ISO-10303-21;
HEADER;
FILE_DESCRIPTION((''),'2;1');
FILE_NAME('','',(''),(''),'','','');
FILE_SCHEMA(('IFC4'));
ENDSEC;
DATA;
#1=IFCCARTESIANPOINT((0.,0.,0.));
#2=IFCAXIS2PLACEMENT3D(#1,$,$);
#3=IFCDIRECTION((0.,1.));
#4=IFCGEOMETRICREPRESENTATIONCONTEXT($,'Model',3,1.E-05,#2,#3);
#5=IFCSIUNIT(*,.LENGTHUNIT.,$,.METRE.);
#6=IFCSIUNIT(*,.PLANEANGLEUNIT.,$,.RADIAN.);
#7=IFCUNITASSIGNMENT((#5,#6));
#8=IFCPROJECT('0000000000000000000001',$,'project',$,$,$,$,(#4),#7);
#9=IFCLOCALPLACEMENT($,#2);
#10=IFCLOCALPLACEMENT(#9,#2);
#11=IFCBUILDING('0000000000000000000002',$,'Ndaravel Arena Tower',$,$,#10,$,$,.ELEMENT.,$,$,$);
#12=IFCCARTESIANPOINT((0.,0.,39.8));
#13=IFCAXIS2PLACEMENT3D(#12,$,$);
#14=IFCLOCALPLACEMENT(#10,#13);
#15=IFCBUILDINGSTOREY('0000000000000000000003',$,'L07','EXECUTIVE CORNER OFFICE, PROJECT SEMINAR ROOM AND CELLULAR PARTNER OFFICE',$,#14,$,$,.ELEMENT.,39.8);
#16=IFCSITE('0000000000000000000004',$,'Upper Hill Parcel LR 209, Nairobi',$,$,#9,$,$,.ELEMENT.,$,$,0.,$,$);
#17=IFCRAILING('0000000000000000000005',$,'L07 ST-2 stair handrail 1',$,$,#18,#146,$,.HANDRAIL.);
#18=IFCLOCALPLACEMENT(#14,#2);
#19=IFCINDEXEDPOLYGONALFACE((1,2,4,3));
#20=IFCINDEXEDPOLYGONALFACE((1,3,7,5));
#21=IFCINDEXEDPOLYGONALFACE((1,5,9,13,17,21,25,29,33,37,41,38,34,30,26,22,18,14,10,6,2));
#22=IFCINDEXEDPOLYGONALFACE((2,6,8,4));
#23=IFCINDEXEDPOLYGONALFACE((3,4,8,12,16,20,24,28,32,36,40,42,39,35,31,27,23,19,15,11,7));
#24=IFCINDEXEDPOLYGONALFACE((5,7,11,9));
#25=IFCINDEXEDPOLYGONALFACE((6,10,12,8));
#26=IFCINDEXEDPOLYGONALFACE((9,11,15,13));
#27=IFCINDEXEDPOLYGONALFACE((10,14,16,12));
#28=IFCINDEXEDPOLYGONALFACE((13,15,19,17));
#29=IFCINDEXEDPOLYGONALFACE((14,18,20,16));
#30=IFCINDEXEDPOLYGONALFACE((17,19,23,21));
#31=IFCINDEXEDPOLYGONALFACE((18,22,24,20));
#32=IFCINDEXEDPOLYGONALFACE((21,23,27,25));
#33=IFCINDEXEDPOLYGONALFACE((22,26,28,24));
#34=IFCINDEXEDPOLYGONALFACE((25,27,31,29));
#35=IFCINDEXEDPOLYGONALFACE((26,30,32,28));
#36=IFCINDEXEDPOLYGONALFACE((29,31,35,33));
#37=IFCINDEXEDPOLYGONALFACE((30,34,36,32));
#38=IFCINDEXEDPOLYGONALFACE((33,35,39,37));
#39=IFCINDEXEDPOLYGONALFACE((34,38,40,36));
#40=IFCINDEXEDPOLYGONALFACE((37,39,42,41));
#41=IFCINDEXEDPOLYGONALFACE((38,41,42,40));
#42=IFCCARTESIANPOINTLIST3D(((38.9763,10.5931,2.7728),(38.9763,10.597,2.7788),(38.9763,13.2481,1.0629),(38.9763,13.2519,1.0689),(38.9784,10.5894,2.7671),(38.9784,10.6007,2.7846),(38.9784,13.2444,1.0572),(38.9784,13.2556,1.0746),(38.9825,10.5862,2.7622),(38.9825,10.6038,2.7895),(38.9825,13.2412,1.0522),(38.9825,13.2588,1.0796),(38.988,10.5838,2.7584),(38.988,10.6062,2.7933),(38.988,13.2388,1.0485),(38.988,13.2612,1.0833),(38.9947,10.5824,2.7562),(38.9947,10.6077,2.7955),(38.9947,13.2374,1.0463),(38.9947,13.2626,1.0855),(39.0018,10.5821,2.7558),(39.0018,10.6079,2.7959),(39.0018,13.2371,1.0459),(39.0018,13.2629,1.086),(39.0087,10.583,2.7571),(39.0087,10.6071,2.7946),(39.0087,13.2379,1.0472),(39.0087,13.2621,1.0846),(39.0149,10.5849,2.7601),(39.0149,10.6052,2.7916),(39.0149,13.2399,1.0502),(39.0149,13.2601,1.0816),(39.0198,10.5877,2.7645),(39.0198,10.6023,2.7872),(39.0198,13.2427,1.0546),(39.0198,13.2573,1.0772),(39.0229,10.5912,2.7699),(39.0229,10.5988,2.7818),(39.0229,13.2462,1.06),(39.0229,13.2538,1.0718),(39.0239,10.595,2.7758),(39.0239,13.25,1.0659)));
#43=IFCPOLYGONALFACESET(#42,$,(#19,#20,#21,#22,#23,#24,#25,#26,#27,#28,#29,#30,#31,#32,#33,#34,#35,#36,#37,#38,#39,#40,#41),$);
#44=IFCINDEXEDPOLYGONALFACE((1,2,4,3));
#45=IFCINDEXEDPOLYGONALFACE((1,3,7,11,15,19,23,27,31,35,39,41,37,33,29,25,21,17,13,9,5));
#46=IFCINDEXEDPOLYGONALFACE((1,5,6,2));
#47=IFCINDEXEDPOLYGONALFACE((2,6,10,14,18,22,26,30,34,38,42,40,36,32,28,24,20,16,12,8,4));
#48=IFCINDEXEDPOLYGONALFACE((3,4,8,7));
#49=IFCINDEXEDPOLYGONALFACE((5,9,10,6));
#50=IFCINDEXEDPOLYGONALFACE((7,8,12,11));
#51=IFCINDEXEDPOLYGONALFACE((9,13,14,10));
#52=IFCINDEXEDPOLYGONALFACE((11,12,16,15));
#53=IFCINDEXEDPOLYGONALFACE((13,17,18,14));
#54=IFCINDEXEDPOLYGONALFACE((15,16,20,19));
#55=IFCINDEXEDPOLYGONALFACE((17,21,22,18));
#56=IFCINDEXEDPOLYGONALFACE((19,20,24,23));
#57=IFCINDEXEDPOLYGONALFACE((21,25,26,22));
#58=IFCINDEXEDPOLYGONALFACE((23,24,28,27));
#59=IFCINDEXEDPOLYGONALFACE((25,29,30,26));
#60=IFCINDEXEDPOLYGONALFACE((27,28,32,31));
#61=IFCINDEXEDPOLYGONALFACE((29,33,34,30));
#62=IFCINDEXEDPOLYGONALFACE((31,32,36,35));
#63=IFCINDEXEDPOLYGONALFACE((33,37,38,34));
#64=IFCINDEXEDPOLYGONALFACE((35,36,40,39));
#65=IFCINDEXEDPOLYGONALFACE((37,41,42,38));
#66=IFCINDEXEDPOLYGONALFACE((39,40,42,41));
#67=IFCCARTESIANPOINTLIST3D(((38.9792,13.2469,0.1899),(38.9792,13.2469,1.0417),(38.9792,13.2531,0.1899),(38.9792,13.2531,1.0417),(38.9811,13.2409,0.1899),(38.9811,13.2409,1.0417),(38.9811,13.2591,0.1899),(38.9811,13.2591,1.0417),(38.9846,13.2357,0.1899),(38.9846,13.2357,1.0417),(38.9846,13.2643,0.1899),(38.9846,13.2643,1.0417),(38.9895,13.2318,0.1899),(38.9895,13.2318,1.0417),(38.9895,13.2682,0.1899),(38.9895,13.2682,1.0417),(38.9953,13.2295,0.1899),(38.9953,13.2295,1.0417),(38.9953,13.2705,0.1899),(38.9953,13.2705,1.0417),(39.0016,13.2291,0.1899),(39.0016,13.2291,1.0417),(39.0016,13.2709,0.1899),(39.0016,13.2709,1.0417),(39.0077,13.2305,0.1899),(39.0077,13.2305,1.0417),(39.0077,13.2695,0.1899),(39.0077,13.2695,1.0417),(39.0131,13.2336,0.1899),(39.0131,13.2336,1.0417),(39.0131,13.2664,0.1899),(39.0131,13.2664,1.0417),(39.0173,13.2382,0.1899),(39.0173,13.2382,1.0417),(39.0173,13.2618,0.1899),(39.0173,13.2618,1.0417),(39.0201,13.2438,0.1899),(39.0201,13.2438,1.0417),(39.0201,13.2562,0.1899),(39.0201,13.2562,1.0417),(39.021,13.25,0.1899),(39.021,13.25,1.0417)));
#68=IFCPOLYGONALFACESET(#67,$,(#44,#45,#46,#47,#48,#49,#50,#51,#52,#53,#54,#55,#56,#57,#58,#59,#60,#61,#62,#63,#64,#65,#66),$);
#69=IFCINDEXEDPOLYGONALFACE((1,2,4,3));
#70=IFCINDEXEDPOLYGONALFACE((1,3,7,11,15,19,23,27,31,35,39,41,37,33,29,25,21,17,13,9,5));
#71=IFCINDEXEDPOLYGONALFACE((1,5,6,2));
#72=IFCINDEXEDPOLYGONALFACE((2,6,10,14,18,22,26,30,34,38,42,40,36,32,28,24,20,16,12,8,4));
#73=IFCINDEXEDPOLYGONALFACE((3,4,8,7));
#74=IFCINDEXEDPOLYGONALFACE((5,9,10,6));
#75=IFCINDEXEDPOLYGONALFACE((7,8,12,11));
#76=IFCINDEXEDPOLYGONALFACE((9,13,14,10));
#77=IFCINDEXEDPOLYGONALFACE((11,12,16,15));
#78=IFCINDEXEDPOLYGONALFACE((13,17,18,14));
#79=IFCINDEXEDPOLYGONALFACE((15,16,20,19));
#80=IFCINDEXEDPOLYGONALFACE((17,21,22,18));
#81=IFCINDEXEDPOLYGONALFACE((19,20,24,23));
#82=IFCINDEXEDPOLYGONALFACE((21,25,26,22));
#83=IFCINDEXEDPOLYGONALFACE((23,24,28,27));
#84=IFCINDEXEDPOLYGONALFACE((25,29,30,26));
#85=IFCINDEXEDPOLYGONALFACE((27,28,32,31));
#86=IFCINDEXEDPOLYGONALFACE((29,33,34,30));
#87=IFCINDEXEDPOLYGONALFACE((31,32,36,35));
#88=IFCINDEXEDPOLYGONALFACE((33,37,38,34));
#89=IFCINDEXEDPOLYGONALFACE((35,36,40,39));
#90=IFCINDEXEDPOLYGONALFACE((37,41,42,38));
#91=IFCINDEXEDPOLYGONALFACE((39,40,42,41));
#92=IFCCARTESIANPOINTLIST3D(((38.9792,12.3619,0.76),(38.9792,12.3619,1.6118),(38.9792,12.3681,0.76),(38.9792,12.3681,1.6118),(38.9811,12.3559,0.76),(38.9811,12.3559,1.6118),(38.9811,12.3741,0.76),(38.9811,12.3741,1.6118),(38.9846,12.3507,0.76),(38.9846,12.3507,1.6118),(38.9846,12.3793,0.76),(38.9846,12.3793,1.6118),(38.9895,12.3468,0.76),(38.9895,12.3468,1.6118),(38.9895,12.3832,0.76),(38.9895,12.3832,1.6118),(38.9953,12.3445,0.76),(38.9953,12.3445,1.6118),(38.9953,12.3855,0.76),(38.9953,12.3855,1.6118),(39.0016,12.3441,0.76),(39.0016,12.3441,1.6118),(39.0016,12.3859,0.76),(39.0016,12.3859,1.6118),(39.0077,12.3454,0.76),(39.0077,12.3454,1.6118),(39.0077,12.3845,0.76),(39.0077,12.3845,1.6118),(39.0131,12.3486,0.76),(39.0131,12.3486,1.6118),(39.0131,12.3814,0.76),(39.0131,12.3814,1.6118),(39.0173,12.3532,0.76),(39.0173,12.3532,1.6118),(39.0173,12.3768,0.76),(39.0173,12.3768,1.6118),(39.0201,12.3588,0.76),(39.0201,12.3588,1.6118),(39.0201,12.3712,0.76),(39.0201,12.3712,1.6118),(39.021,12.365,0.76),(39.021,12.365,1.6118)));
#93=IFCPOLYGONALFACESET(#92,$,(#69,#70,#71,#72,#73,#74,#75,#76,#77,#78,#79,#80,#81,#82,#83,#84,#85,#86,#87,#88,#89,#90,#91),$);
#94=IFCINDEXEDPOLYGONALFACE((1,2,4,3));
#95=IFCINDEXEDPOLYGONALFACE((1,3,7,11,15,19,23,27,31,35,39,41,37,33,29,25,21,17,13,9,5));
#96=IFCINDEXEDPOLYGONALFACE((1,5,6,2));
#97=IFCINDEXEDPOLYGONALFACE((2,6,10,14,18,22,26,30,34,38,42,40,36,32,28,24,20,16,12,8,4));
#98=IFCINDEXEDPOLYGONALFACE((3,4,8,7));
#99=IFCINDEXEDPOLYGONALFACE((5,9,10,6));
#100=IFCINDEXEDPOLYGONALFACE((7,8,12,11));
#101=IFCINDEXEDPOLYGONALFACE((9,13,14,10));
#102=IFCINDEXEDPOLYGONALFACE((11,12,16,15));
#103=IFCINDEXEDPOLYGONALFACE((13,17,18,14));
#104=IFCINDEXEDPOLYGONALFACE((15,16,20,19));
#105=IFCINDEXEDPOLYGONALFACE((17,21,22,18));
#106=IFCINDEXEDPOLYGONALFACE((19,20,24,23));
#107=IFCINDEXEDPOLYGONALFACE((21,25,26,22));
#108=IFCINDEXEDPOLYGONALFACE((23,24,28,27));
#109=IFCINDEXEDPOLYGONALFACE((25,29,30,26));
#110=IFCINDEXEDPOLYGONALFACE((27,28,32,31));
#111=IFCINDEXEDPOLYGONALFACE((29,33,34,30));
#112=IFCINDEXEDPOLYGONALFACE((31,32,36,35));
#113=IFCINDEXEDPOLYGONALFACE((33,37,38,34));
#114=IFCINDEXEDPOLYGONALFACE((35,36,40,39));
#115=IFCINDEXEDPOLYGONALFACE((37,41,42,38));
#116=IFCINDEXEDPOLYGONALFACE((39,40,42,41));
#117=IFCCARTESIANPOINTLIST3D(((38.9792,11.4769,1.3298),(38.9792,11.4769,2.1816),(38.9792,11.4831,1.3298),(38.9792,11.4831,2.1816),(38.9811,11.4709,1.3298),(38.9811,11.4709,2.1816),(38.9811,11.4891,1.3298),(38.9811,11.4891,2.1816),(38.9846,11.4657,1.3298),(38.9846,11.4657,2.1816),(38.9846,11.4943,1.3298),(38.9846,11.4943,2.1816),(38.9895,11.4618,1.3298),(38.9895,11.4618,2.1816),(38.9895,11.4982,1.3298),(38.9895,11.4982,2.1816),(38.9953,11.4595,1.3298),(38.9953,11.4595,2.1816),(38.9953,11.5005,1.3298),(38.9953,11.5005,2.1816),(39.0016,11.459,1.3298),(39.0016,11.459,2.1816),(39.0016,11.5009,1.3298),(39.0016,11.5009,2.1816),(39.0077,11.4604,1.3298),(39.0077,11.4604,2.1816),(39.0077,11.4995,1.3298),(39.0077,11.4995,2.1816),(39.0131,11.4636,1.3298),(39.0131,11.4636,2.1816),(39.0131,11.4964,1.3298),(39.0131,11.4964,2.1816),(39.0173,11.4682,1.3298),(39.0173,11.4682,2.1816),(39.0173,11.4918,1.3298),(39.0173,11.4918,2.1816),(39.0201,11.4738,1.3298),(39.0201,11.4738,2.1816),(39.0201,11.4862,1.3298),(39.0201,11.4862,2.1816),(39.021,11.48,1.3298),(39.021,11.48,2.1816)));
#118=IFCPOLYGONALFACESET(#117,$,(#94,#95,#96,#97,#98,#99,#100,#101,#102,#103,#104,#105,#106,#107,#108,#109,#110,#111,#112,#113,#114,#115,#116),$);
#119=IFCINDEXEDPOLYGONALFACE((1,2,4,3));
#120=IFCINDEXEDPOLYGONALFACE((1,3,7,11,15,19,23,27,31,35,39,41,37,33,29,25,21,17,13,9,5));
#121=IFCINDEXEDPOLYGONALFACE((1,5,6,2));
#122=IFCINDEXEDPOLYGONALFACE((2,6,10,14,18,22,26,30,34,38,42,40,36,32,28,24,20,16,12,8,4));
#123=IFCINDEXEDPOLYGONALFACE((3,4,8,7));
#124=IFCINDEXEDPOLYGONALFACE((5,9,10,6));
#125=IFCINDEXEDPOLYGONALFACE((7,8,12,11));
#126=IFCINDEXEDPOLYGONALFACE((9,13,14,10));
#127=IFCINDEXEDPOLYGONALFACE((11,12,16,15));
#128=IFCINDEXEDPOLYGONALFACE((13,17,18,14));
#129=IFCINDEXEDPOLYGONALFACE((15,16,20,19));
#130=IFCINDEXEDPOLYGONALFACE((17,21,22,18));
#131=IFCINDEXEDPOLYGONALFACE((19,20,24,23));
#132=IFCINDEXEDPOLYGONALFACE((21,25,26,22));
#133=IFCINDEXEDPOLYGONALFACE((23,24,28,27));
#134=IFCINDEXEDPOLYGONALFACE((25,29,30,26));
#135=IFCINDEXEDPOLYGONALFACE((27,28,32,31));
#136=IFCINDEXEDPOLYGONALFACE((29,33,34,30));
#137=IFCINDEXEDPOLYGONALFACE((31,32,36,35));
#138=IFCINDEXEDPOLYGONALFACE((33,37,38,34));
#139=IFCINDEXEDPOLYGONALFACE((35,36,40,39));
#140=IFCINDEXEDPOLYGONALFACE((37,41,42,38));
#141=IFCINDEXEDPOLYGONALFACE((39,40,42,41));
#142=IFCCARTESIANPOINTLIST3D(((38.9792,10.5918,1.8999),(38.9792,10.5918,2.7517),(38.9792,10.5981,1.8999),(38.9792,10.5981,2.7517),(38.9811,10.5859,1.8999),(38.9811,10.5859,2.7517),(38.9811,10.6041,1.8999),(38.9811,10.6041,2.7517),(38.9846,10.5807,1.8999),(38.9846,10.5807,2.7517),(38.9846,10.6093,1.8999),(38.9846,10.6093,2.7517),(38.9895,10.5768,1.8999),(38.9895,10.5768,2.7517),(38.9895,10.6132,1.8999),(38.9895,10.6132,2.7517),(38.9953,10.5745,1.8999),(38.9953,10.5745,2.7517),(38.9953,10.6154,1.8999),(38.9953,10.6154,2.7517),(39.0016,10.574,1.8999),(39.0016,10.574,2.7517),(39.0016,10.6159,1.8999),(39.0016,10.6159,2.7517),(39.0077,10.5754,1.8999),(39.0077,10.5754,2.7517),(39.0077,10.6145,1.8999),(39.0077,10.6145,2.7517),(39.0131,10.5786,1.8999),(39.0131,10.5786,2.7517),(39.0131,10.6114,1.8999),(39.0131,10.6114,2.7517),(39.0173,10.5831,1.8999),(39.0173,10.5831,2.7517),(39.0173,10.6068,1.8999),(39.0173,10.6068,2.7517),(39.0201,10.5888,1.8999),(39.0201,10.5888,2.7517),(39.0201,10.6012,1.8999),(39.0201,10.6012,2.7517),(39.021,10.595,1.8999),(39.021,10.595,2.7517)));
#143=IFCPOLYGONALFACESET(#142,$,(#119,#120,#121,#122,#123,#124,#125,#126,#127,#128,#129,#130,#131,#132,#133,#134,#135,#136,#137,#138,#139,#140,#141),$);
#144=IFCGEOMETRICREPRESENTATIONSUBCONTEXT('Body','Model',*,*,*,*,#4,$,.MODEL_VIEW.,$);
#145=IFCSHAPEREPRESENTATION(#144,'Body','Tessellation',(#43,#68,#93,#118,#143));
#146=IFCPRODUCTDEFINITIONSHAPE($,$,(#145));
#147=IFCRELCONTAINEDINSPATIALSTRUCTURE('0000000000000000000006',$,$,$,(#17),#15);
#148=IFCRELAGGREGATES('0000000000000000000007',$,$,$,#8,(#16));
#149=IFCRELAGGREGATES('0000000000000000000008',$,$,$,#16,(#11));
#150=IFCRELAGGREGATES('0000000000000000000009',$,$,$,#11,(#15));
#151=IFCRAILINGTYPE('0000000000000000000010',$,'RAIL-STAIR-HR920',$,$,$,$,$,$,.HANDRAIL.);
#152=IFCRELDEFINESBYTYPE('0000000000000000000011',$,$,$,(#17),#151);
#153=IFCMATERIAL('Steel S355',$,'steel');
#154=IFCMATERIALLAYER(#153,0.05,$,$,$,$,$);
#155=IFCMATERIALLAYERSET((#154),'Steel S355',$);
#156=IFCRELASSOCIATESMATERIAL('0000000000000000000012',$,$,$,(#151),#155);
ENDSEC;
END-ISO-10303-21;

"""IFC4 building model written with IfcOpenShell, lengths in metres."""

from ifc_helpers import new_model, si_unit, direction, frame, origin, origin_2d, place, context, subcontext, project, spatial, circle, extrude, material, layer, layer_set, type_object, element, save


model = new_model("IFC4")

# Units and contexts
model_context = context("Model", 3, precision=1e-05, world=origin(), true_north=direction((0.0, 1.0)))
body_context = subcontext(model_context, "Body", "Model", "MODEL_VIEW")
ifc_project = project(units=[si_unit("LENGTHUNIT", "METRE"), si_unit("PLANEANGLEUNIT", "RADIAN")], contexts=[model_context])

# Site, building, storey
site_placement = place(None, origin())
site = spatial("IfcSite", under=ifc_project, at=site_placement, Name="Upper Hill Parcel LR 209, Nairobi", CompositionType="ELEMENT", RefElevation=0.0)
building_placement = place(site_placement, origin())
building = spatial("IfcBuilding", under=site, at=building_placement, Name="Ndaravel Arena Tower", CompositionType="ELEMENT")
storey_placement = place(building_placement, frame((0.0, 0.0, 39.8)))
storey = spatial("IfcBuildingStorey", under=building, at=storey_placement, Name="L07", Description="EXECUTIVE CORNER OFFICE, PROJECT SEMINAR ROOM AND CELLULAR PARTNER OFFICE", CompositionType="ELEMENT", Elevation=39.8)

# Railing
ifc_material_1 = material(Name="Steel S355", Category="steel")
ifc_layer_1 = layer(ifc_material_1, 0.05)
ifc_layer_set_1 = layer_set([ifc_layer_1], Name="Steel S355")
railing_type_1 = type_object("IfcRailingType", Name="RAIL-STAIR-HR920", PredefinedType="HANDRAIL", material=ifc_layer_set_1)
railing_1_placement = place(storey_placement, frame((39.0, 13.25, 0.1899)))
element("IfcRailing", 1, at=railing_1_placement, inside=storey, type_object=railing_type_1, Name="L07 ST-2 stair handrail 1", PredefinedType="HANDRAIL", context=body_context, shape_type="SweptSolid", body=[
    extrude(circle(Radius=0.0239, at=origin_2d()), frame((0.0, 0.0, 0.876), z_axis=(0.0, -0.840724, 0.541465), x_axis=(1.0, 0.0, 0.0)), (0.0, 0.0, 1.0), 3.158),
    extrude(circle(Radius=0.021, at=origin_2d()), origin(), (0.0, 0.0, 1.0), 0.8518),
    extrude(circle(Radius=0.021, at=origin_2d()), frame((0.0, -0.885, 0.5701)), (0.0, 0.0, 1.0), 0.8518),
    extrude(circle(Radius=0.021, at=origin_2d()), frame((0.0, -1.77, 1.1399)), (0.0, 0.0, 1.0), 0.8518),
    extrude(circle(Radius=0.021, at=origin_2d()), frame((0.0, -2.655, 1.71)), (0.0, 0.0, 1.0), 0.8518),
])

save(model, "model.ifc")
